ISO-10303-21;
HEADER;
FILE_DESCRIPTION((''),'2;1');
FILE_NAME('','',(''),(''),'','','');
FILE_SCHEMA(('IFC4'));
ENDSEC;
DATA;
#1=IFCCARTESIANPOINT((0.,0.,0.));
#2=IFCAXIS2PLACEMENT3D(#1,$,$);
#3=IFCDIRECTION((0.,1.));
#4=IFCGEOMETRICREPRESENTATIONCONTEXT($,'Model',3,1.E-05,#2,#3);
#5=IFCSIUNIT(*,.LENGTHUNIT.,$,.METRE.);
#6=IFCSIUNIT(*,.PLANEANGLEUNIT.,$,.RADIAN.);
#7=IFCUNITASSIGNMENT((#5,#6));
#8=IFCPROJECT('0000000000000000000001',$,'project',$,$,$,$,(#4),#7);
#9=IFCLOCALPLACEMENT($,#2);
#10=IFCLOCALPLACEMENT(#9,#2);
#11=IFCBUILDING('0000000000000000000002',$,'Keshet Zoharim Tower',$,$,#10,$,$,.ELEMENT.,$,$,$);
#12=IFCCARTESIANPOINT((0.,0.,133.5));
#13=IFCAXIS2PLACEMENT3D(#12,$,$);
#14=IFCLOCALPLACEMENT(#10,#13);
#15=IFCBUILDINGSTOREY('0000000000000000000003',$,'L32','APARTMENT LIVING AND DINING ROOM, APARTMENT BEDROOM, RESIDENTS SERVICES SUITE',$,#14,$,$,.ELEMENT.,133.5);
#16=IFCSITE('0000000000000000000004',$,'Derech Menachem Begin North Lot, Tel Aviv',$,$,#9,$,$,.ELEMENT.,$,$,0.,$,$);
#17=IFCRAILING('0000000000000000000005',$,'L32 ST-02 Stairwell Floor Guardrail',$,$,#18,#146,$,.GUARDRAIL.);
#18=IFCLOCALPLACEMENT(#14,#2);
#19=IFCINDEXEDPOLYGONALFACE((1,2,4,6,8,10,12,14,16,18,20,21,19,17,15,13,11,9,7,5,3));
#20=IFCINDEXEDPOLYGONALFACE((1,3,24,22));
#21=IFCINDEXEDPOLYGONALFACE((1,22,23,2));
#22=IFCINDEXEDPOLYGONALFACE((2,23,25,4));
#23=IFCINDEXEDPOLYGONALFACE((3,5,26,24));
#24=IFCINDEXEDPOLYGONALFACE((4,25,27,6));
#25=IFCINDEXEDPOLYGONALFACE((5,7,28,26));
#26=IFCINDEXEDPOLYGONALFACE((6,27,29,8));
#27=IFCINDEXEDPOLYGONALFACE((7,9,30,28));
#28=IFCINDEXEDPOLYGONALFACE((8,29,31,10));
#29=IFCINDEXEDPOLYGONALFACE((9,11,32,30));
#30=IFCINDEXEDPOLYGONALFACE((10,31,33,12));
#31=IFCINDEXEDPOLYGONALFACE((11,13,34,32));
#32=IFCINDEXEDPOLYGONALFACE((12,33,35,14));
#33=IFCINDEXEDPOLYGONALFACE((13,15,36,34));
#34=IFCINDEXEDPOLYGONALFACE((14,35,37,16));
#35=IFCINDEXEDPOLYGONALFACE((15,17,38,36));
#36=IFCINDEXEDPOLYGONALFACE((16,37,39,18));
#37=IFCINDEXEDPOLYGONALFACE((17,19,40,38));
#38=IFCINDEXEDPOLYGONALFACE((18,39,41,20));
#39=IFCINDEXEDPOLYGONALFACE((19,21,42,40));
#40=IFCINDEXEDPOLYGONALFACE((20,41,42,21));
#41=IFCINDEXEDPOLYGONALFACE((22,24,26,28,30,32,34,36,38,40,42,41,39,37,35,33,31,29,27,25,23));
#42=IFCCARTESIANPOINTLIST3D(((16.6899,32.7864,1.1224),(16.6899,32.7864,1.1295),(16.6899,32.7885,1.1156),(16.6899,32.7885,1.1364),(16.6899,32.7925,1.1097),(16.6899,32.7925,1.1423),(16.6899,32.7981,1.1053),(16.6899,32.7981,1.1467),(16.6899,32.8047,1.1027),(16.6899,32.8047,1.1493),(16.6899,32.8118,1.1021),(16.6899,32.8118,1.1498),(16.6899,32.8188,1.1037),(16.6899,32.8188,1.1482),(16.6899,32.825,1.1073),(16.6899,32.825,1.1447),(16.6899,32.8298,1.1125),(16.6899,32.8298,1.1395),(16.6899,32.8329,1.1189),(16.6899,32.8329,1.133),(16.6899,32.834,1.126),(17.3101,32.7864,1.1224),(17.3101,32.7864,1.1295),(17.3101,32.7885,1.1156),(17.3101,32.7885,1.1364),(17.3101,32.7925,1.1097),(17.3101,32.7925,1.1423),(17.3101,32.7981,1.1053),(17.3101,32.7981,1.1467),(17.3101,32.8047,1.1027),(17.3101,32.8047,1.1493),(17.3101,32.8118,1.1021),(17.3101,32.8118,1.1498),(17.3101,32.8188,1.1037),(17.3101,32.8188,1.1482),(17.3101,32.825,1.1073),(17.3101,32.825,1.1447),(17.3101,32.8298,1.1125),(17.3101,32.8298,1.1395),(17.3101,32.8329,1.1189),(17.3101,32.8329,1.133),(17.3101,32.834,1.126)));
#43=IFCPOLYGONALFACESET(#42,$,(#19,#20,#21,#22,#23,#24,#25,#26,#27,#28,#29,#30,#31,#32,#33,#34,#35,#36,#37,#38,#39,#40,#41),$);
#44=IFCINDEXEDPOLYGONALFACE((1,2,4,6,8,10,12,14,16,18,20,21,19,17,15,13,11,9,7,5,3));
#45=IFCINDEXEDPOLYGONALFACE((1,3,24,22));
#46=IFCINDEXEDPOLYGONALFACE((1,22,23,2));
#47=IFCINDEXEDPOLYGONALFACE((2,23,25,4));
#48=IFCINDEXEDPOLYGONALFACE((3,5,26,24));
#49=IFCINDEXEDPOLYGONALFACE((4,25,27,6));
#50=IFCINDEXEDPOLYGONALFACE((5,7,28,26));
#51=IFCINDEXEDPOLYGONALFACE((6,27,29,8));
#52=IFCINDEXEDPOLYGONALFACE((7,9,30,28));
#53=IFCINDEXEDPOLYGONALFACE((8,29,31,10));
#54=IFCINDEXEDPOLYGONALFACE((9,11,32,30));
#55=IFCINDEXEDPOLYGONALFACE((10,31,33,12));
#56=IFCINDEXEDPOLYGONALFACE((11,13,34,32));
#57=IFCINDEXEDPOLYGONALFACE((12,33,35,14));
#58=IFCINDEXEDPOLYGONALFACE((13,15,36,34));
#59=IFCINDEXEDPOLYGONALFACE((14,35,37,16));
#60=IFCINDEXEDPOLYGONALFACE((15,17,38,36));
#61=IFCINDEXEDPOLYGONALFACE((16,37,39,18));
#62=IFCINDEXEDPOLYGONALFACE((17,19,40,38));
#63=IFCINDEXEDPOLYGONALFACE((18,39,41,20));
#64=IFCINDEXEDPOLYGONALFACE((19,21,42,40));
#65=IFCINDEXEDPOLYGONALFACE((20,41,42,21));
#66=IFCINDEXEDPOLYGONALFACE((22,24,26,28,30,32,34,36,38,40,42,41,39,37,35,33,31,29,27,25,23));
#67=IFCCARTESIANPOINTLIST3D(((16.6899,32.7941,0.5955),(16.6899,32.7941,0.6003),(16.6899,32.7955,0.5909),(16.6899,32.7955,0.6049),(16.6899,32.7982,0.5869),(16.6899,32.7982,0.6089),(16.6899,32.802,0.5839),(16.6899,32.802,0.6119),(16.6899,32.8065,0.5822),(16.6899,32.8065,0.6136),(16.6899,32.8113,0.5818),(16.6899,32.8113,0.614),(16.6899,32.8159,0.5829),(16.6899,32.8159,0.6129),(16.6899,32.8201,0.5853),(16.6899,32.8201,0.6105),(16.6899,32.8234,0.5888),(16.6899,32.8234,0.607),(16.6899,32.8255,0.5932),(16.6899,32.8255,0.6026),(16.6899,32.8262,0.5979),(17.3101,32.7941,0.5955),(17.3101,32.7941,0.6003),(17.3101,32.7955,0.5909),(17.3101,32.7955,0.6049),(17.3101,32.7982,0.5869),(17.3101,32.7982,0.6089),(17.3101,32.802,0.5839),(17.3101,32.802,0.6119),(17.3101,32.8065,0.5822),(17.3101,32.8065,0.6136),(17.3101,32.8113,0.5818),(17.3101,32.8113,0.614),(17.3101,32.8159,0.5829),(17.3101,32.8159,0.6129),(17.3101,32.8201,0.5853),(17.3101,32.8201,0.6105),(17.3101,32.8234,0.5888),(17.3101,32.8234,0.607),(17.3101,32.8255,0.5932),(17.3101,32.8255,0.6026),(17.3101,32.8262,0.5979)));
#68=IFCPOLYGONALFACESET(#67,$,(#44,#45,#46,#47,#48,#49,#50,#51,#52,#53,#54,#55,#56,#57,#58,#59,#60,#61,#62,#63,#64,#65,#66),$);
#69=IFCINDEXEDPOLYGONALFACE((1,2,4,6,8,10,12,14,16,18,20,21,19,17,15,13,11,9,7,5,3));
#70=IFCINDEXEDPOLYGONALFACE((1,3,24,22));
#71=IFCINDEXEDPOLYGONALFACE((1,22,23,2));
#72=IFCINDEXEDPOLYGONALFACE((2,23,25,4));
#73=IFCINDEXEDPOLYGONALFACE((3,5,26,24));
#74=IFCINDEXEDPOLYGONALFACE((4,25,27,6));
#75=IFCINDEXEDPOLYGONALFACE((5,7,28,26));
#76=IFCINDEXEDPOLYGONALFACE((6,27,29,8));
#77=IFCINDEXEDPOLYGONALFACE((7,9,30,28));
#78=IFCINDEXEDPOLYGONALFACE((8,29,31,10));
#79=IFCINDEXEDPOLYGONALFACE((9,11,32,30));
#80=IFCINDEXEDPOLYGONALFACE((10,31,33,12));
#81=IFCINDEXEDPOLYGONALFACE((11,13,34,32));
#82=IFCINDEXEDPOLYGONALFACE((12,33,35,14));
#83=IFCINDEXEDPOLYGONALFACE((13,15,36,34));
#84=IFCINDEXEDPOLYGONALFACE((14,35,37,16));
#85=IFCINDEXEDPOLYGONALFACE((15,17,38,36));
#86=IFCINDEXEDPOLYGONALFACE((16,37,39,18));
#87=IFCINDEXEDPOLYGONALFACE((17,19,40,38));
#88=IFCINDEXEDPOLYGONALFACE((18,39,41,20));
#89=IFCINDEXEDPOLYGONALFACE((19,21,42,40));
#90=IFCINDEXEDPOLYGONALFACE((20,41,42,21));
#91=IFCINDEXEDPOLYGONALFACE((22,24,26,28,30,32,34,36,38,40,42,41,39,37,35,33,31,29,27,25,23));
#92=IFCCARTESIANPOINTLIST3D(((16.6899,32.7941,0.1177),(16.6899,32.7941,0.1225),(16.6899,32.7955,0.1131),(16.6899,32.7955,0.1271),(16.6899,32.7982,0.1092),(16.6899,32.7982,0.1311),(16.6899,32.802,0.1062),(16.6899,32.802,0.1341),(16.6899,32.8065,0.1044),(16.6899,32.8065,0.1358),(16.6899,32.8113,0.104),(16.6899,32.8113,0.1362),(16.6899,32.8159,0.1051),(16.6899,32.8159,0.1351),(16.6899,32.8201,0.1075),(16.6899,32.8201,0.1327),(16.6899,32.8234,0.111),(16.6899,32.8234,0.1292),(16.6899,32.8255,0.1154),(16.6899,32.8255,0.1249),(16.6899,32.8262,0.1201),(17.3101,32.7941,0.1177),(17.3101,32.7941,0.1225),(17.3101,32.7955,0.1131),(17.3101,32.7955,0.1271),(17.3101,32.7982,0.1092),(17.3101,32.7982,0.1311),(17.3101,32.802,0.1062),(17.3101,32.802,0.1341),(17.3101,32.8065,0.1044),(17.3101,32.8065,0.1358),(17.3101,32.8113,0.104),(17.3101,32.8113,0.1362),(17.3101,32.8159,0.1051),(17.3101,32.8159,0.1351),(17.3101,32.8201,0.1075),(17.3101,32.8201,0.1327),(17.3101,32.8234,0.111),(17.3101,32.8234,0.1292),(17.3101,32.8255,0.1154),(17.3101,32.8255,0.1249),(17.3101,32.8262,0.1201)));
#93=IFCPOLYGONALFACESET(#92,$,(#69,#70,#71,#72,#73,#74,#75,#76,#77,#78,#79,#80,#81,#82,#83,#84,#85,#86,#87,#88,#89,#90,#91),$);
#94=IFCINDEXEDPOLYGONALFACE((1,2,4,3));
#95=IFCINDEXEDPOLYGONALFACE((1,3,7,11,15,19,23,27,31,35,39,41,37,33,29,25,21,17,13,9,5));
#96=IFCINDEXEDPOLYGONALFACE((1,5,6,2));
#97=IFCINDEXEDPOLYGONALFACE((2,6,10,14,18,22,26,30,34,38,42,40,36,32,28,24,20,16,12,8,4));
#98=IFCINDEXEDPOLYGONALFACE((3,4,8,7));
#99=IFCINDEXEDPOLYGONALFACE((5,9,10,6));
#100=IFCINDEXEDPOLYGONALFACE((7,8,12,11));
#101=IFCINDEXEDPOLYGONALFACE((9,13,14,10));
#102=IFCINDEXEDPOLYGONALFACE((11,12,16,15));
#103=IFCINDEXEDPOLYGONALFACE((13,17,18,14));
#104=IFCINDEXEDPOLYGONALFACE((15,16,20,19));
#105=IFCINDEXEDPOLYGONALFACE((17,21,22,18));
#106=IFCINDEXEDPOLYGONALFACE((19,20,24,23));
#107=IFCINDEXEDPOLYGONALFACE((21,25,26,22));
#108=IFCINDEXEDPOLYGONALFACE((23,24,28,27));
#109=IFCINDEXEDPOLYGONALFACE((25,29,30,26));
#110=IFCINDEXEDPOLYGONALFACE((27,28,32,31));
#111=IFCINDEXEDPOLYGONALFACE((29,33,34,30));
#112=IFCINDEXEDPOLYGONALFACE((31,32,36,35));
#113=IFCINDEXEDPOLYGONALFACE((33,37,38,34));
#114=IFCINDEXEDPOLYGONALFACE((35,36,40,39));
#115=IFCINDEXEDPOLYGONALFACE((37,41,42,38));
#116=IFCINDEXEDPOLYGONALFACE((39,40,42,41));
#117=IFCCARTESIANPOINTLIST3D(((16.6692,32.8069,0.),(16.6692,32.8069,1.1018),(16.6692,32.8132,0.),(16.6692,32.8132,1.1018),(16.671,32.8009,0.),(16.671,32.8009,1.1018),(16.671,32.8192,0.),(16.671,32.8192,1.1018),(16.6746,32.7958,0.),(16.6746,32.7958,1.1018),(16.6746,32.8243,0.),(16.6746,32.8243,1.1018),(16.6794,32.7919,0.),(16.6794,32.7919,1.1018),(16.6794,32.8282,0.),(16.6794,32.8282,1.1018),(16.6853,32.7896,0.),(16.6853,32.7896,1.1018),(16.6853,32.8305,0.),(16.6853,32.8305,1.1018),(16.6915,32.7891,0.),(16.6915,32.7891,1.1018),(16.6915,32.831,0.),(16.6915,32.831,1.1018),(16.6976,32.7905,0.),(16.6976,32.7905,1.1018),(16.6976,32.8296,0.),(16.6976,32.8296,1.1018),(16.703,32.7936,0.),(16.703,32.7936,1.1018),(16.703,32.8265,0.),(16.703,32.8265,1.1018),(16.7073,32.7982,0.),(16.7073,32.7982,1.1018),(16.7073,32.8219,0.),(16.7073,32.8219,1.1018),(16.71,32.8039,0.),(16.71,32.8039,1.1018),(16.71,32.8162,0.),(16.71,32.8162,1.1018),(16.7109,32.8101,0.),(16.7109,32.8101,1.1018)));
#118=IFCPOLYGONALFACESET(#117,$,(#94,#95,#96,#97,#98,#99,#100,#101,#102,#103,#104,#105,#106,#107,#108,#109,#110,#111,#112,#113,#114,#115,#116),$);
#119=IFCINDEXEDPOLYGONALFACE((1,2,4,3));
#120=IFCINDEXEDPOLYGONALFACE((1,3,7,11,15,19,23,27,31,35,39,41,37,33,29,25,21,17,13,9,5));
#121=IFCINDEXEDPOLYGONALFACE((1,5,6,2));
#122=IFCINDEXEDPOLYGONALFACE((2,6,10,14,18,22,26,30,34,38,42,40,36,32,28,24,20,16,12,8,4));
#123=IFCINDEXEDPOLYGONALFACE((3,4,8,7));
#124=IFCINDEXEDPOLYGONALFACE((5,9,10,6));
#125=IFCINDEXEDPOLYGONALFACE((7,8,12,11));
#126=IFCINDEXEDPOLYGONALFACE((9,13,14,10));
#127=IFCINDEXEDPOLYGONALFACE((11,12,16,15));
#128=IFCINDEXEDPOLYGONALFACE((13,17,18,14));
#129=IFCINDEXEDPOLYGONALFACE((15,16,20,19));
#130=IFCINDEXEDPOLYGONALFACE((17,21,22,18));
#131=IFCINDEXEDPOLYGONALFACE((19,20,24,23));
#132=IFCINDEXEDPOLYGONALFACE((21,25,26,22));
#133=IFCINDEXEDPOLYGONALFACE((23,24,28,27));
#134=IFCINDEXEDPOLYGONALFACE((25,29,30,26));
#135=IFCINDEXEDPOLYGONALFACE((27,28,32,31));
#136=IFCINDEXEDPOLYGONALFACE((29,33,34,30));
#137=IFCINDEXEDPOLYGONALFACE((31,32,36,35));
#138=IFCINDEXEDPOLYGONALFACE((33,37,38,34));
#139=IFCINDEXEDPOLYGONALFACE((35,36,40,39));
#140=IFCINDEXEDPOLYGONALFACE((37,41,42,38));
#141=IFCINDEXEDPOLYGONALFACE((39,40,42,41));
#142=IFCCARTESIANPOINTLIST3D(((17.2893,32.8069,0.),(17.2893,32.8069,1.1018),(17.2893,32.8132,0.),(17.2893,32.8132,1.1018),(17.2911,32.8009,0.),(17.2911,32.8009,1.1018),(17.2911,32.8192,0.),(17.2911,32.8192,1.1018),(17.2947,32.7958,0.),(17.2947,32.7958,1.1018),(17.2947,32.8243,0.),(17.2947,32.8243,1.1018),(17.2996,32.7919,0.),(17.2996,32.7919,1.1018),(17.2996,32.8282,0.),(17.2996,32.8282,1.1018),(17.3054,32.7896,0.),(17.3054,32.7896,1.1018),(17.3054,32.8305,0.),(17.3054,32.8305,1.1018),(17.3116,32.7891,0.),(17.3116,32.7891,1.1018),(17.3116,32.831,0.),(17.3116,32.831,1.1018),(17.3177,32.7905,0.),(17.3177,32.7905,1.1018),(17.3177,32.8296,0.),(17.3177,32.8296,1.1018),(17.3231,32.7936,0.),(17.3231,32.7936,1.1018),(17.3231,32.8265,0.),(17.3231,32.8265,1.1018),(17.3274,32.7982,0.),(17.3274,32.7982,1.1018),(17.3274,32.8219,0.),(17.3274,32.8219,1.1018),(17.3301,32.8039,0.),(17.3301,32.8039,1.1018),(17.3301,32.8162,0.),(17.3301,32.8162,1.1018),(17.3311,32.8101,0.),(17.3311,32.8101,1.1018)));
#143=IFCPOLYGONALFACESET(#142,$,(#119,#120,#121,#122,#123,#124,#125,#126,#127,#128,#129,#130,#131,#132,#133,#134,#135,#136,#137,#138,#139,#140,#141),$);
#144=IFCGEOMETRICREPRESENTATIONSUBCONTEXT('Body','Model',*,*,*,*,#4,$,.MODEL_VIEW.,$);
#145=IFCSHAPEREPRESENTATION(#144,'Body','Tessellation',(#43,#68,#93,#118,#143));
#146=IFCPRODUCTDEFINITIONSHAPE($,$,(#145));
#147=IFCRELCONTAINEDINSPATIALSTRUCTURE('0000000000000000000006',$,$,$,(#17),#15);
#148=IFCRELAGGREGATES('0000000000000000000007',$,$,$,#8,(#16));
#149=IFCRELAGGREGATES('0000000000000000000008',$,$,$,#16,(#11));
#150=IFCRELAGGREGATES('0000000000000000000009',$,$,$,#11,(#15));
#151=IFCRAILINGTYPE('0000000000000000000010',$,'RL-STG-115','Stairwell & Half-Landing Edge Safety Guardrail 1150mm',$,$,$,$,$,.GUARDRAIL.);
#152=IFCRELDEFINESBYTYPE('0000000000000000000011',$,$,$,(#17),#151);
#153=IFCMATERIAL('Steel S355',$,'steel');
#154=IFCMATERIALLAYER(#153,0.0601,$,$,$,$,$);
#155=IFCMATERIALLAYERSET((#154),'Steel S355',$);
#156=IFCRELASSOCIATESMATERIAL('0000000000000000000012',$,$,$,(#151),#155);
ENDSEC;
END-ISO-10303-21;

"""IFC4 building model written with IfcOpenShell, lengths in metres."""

from ifc_helpers import new_model, si_unit, direction, frame, origin, origin_2d, place, context, subcontext, project, spatial, circle, extrude, material, layer, layer_set, type_object, element, save


model = new_model("IFC4")

# Units and contexts
model_context = context("Model", 3, precision=1e-05, world=origin(), true_north=direction((0.0, 1.0)))
body_context = subcontext(model_context, "Body", "Model", "MODEL_VIEW")
ifc_project = project(units=[si_unit("LENGTHUNIT", "METRE"), si_unit("PLANEANGLEUNIT", "RADIAN")], contexts=[model_context])

# Site, building, storey
site_placement = place(None, origin())
site = spatial("IfcSite", under=ifc_project, at=site_placement, Name="Derech Menachem Begin North Lot, Tel Aviv", CompositionType="ELEMENT", RefElevation=0.0)
building_placement = place(site_placement, origin())
building = spatial("IfcBuilding", under=site, at=building_placement, Name="Keshet Zoharim Tower", CompositionType="ELEMENT")
storey_placement = place(building_placement, frame((0.0, 0.0, 133.5)))
storey = spatial("IfcBuildingStorey", under=building, at=storey_placement, Name="L32", Description="APARTMENT LIVING AND DINING ROOM, APARTMENT BEDROOM, RESIDENTS SERVICES SUITE", CompositionType="ELEMENT", Elevation=133.5)

# Shared definitions
ifc_material_1 = material(Name="Steel S355", Category="steel")

# Railing
ifc_layer_1 = layer(ifc_material_1, 0.0601)
ifc_layer_set_1 = layer_set([ifc_layer_1], Name="Steel S355")
railing_type_1 = type_object("IfcRailingType", Name="RL-STG-115", Description="Stairwell & Half-Landing Edge Safety Guardrail 1150mm", PredefinedType="GUARDRAIL", material=ifc_layer_set_1)
railing_1_placement = place(storey_placement, frame((16.6899, 32.8101, 0.0)))
element("IfcRailing", 1, at=railing_1_placement, inside=storey, type_object=railing_type_1, Name="L32 ST-02 Stairwell Floor Guardrail", PredefinedType="GUARDRAIL", context=body_context, shape_type="SweptSolid", body=[
    extrude(circle(Radius=0.0239, at=origin_2d()), frame((0.0, 0.0, 1.126), z_axis=(1.0, 0.0, 0.0), x_axis=(0.0, 1.0, 0.0)), (0.0, 0.0, 1.0), 0.6201),
    extrude(circle(Radius=0.0161, at=origin_2d()), frame((0.0, 0.0, 0.5979), z_axis=(1.0, 0.0, 0.0), x_axis=(0.0, 1.0, 0.0)), (0.0, 0.0, 1.0), 0.6201),
    extrude(circle(Radius=0.0161, at=origin_2d()), frame((0.0, 0.0, 0.1201), z_axis=(1.0, 0.0, 0.0), x_axis=(0.0, 1.0, 0.0)), (0.0, 0.0, 1.0), 0.6201),
    extrude(circle(Radius=0.021, at=origin_2d()), origin(), (0.0, 0.0, 1.0), 1.1018),
    extrude(circle(Radius=0.021, at=origin_2d()), frame((0.6201, 0.0, 0.0)), (0.0, 0.0, 1.0), 1.1018),
])

save(model, "model.ifc")
